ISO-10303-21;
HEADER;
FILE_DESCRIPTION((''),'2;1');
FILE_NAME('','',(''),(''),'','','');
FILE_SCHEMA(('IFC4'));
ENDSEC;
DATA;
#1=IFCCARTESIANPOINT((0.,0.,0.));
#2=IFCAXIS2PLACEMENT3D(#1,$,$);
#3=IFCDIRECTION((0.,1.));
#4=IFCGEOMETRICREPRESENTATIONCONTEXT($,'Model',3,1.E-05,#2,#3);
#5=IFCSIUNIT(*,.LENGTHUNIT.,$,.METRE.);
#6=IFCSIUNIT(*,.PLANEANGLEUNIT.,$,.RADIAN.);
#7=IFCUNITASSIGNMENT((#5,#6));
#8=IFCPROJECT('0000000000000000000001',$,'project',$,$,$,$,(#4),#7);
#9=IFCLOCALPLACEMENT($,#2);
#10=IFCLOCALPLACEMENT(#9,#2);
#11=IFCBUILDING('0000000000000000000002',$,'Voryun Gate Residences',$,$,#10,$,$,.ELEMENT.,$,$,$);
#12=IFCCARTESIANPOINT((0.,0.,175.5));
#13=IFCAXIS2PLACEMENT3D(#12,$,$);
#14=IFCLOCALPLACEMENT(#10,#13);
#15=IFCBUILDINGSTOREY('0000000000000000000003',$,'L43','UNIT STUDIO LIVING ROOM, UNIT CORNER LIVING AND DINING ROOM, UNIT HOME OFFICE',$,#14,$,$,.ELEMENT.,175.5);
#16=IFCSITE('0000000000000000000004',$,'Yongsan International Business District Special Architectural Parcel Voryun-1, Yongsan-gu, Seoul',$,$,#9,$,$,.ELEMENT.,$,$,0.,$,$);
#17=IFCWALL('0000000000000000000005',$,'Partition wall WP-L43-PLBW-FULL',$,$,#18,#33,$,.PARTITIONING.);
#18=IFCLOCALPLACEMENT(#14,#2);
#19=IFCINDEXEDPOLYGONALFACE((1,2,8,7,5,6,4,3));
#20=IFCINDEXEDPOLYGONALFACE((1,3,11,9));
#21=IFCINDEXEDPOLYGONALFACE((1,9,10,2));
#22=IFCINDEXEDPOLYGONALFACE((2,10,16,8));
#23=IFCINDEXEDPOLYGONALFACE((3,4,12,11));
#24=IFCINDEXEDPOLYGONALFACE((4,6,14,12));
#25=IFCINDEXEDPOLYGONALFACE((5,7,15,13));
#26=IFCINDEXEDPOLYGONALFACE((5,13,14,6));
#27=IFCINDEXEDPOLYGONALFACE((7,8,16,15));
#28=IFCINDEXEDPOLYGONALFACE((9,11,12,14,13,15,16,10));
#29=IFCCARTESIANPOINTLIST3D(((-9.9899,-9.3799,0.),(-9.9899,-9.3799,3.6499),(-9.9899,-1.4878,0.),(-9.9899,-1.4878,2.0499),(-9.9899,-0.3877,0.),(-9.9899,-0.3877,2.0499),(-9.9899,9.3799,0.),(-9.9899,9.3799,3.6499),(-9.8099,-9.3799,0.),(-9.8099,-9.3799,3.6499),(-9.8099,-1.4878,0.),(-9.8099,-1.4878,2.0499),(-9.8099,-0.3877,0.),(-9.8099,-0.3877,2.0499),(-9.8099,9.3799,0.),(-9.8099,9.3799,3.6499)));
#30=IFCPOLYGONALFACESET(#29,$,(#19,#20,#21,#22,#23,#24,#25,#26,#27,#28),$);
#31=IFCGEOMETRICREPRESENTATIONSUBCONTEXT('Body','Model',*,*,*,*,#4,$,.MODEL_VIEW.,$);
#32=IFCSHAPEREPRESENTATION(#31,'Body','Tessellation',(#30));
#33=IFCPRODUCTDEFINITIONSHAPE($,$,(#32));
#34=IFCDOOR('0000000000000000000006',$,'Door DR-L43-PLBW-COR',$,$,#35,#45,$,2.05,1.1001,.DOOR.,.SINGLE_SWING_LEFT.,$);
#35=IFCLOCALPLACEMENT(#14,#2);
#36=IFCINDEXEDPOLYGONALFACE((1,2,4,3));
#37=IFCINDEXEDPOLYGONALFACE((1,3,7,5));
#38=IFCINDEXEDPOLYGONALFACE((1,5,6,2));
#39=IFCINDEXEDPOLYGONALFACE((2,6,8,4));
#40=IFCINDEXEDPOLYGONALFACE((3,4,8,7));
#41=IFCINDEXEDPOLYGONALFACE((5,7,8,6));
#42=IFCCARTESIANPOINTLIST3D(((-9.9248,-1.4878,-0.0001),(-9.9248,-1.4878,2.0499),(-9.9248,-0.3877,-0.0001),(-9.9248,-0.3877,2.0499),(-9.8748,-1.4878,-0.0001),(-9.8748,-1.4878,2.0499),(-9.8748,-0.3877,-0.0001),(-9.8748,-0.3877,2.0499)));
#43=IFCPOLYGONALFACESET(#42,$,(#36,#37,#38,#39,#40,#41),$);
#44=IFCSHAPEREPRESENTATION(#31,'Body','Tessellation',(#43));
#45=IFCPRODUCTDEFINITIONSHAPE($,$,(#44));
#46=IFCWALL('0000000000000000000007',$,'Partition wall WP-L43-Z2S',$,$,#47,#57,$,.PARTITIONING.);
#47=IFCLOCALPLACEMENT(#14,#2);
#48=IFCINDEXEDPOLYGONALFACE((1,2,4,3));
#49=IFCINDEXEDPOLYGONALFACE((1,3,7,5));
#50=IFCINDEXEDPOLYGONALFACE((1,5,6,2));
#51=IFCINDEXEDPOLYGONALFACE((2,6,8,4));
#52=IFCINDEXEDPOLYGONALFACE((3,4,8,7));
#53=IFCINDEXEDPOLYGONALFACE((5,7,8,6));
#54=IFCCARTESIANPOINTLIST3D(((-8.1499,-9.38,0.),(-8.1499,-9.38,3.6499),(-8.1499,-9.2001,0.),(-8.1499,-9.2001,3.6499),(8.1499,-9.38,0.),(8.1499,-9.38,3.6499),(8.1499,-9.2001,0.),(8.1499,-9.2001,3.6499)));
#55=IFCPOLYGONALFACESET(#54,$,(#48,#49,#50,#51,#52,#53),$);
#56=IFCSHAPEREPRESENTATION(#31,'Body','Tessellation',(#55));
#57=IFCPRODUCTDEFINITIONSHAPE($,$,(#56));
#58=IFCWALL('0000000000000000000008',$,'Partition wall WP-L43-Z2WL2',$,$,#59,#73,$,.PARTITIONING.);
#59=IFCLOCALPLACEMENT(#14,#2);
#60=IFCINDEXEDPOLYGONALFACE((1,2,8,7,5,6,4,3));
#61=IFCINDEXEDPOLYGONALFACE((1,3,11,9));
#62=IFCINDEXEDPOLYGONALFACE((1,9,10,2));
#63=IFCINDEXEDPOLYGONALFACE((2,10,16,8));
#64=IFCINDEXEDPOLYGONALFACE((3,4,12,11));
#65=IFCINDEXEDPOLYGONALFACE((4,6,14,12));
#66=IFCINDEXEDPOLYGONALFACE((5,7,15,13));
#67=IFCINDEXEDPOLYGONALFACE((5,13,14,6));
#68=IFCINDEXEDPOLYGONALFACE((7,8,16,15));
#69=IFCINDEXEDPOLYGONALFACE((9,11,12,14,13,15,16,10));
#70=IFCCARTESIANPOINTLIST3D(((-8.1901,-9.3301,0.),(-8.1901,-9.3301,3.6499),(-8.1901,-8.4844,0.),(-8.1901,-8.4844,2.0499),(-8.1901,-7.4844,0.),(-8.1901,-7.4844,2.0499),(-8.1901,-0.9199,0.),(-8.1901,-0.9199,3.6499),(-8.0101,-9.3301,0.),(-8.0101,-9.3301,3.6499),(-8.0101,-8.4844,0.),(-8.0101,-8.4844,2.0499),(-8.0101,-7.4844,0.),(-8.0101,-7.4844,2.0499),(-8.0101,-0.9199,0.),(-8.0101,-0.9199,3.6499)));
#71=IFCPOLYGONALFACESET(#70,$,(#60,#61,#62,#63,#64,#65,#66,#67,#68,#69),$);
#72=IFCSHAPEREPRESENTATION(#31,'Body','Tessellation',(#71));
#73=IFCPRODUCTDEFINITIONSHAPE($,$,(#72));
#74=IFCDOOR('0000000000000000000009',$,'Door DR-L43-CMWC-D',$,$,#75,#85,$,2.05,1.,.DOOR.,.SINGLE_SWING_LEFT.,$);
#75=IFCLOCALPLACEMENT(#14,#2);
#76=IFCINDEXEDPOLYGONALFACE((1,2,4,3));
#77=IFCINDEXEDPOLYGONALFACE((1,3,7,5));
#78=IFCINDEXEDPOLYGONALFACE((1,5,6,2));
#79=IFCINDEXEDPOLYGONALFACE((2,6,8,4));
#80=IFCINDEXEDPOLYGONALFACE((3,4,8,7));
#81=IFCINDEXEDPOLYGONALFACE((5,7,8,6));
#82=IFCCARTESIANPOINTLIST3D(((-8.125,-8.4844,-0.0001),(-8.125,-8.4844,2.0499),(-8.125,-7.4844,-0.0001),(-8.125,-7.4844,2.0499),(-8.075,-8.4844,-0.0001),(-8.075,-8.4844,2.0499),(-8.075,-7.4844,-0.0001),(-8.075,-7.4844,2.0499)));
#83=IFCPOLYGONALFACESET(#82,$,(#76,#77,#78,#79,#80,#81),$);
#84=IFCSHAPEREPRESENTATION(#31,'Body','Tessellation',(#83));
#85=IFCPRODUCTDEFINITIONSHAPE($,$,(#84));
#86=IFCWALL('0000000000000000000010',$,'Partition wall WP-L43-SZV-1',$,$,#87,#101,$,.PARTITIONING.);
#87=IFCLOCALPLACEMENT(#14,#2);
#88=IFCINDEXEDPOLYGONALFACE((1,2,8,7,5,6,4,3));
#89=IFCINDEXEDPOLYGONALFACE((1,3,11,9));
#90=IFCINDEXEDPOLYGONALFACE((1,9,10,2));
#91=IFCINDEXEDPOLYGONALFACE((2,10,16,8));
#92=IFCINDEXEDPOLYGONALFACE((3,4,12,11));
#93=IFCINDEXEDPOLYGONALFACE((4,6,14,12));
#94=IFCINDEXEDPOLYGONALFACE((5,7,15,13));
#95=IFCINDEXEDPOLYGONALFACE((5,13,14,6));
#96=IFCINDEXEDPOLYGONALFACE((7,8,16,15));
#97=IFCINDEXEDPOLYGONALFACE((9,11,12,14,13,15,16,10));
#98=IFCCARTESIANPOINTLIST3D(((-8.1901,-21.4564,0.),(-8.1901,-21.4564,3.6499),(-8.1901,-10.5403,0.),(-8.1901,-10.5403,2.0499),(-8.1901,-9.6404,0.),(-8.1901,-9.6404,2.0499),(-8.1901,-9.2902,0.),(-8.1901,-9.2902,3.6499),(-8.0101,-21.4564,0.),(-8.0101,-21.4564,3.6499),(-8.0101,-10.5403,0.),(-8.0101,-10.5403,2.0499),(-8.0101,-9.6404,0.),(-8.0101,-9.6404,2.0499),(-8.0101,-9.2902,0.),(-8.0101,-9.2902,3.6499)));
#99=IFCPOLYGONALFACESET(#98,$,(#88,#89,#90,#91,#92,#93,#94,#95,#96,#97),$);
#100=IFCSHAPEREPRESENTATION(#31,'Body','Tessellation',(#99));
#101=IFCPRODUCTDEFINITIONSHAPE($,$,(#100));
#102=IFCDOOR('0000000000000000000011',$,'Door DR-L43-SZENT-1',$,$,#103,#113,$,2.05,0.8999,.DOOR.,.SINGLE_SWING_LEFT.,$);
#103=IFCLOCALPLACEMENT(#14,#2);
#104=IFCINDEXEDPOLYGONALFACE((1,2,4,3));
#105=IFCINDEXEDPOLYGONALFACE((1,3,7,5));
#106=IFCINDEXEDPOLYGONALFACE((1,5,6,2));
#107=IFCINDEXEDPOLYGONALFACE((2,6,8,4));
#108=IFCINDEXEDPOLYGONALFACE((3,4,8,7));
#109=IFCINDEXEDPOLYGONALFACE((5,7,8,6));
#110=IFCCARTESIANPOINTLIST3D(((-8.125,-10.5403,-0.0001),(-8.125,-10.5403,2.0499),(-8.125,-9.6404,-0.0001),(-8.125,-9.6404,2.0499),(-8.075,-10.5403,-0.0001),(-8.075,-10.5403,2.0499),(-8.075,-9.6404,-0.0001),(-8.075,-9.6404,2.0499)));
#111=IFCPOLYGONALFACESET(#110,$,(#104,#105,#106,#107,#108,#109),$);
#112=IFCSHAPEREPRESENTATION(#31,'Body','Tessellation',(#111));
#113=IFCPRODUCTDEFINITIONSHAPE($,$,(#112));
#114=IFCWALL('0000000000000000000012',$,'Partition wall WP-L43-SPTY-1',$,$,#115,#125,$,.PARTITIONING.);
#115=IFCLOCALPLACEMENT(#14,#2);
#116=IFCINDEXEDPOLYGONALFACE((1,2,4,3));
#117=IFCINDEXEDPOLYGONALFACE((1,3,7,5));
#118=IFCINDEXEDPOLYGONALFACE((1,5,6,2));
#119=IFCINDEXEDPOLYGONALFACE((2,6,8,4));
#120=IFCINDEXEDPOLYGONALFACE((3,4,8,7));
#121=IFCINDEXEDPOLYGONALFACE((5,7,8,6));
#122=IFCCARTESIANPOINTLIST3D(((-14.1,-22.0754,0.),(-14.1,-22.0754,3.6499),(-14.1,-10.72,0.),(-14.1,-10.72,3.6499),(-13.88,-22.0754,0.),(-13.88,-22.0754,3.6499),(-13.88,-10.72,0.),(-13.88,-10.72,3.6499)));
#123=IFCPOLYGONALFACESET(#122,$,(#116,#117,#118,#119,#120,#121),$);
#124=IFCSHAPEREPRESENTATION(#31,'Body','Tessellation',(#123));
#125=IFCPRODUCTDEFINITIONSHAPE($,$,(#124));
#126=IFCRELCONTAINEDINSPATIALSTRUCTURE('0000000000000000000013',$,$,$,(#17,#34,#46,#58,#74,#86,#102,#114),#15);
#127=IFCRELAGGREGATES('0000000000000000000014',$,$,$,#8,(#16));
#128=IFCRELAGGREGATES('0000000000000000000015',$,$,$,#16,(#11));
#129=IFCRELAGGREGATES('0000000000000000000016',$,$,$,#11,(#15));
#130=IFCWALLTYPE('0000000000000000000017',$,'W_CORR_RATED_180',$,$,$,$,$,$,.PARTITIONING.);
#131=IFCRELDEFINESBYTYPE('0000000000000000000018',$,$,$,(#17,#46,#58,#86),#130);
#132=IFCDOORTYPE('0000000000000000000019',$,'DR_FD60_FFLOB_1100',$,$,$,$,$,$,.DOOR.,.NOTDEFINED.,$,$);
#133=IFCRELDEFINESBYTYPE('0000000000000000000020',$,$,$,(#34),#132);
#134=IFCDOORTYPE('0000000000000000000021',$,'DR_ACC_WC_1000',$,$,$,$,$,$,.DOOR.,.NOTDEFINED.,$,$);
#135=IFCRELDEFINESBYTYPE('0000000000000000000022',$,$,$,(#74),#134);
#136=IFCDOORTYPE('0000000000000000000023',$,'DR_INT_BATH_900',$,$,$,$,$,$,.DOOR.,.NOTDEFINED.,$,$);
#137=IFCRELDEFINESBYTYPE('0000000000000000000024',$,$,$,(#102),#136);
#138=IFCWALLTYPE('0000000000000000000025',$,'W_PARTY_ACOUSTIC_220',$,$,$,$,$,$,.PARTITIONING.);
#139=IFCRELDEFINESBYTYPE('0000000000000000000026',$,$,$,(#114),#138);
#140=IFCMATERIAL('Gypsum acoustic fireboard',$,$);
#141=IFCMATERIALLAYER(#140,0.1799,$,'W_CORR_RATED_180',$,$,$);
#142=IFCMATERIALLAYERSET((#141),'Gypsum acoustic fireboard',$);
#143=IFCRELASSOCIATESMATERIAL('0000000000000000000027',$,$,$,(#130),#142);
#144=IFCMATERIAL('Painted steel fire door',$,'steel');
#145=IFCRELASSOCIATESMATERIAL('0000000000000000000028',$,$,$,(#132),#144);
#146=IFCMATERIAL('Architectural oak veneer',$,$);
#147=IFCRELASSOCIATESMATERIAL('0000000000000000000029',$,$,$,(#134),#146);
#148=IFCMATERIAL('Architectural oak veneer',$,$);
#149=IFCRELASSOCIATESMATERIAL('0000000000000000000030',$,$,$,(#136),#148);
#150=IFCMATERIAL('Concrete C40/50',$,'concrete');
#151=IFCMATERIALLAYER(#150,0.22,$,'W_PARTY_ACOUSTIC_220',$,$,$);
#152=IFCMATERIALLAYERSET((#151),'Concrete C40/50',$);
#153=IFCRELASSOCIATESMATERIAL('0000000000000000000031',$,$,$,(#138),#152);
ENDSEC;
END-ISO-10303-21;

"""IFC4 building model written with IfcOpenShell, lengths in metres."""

from ifc_helpers import new_model, si_unit, direction, frame, frame_2d, origin, place, context, subcontext, project, spatial, rectangle, extrude, material, layer, layer_set, type_object, element, fill, save


model = new_model("IFC4")

# Units and contexts
model_context = context("Model", 3, precision=1e-05, world=origin(), true_north=direction((0.0, 1.0)))
body_context = subcontext(model_context, "Body", "Model", "MODEL_VIEW")
ifc_project = project(units=[si_unit("LENGTHUNIT", "METRE"), si_unit("PLANEANGLEUNIT", "RADIAN")], contexts=[model_context])

# Site, building, storey
site_placement = place(None, origin())
site = spatial("IfcSite", under=ifc_project, at=site_placement, Name="Yongsan International Business District Special Architectural Parcel Voryun-1, Yongsan-gu, Seoul", CompositionType="ELEMENT", RefElevation=0.0)
building_placement = place(site_placement, origin())
building = spatial("IfcBuilding", under=site, at=building_placement, Name="Voryun Gate Residences", CompositionType="ELEMENT")
storey_placement = place(building_placement, frame((0.0, 0.0, 175.5)))
storey = spatial("IfcBuildingStorey", under=building, at=storey_placement, Name="L43", Description="UNIT STUDIO LIVING ROOM, UNIT CORNER LIVING AND DINING ROOM, UNIT HOME OFFICE", CompositionType="ELEMENT", Elevation=175.5)

# Wall, opening, door
ifc_material_1 = material(Name="Gypsum acoustic fireboard")
ifc_layer_1 = layer(ifc_material_1, 0.1799, Name="W_CORR_RATED_180")
ifc_layer_set_1 = layer_set([ifc_layer_1], Name="Gypsum acoustic fireboard")
wall_type_1 = type_object("IfcWallType", Name="W_CORR_RATED_180", PredefinedType="PARTITIONING", material=ifc_layer_set_1)
wall_1_placement = place(storey_placement, frame((-9.8999, -9.3799, 0.0), z_axis=(0.0, 0.0, 1.0), x_axis=(0.0, 1.0, 0.0)))
wall_1 = element("IfcWall", 1, at=wall_1_placement, inside=storey, type_object=wall_type_1, Name="Partition wall WP-L43-PLBW-FULL", PredefinedType="PARTITIONING", context=body_context, shape_type="SweptSolid", body=[
    extrude(rectangle(XDim=18.7598, YDim=0.1799, at=frame_2d((9.3799, 0.0))), origin(), (0.0, 0.0, 1.0), 3.6499),
])
opening_1_placement = place(wall_1_placement, frame((7.8921, 0.0, 0.0)))
opening_1 = element("IfcOpeningElement", 2, at=opening_1_placement, cuts=wall_1, PredefinedType="OPENING", context=body_context, shape_type="SweptSolid", body=[
    extrude(rectangle(XDim=1.1001, YDim=2.05, at=frame_2d((0.55, 1.0249))), frame((0.0, 0.0999, 0.0), z_axis=(0.0, -1.0, 0.0), x_axis=(1.0, 0.0, 0.0)), (0.0, 0.0, 1.0), 0.2),
])
ifc_material_2 = material(Name="Painted steel fire door", Category="steel")
door_type_1 = type_object("IfcDoorType", Name="DR_FD60_FFLOB_1100", OperationType="NOTDEFINED", PredefinedType="DOOR", material=ifc_material_2)
door_1_placement = place(opening_1_placement, origin())
door_1 = element("IfcDoor", 3, at=door_1_placement, inside=storey, type_object=door_type_1, Name="Door DR-L43-PLBW-COR", OperationType="SINGLE_SWING_LEFT", OverallHeight=2.05, OverallWidth=1.1001, PredefinedType="DOOR", context=body_context, shape_type="SweptSolid", body=[
    extrude(rectangle(XDim=1.1001, YDim=2.05, at=frame_2d((0.55, 1.0249))), frame((0.0, 0.0249, 0.0), z_axis=(0.0, -1.0, 0.0), x_axis=(1.0, 0.0, 0.0)), (0.0, 0.0, 1.0), 0.05),
])
fill(opening_1, door_1)

# Wall
wall_2_placement = place(storey_placement, frame((-8.1499, -9.29, 0.0), z_axis=(0.0, 0.0, 1.0), x_axis=(1.0, 0.0, 0.0)))
element("IfcWall", 4, at=wall_2_placement, inside=storey, type_object=wall_type_1, Name="Partition wall WP-L43-Z2S", PredefinedType="PARTITIONING", context=body_context, shape_type="SweptSolid", body=[
    extrude(rectangle(XDim=16.2998, YDim=0.1799, at=frame_2d((8.1499, 0.0))), origin(), (0.0, 0.0, 1.0), 3.6499),
])

# Walls, openings, doors
wall_3_placement = place(storey_placement, frame((-8.1001, -9.3301, 0.0), z_axis=(0.0, 0.0, 1.0), x_axis=(0.0, 1.0, 0.0)))
wall_3 = element("IfcWall", 5, at=wall_3_placement, inside=storey, type_object=wall_type_1, Name="Partition wall WP-L43-Z2WL2", PredefinedType="PARTITIONING", context=body_context, shape_type="SweptSolid", body=[
    extrude(rectangle(XDim=8.4102, YDim=0.1799, at=frame_2d((4.2051, 0.0))), origin(), (0.0, 0.0, 1.0), 3.6499),
])
opening_2_placement = place(wall_3_placement, frame((0.8457, 0.0, 0.0)))
opening_2 = element("IfcOpeningElement", 6, at=opening_2_placement, cuts=wall_3, PredefinedType="OPENING", context=body_context, shape_type="SweptSolid", body=[
    extrude(rectangle(XDim=1.0, YDim=2.05, at=frame_2d((0.5, 1.0249))), frame((0.0, 0.0999, 0.0), z_axis=(0.0, -1.0, 0.0), x_axis=(1.0, 0.0, 0.0)), (0.0, 0.0, 1.0), 0.2),
])
ifc_material_3 = material(Name="Architectural oak veneer")
door_type_2 = type_object("IfcDoorType", Name="DR_ACC_WC_1000", OperationType="NOTDEFINED", PredefinedType="DOOR", material=ifc_material_3)
door_2_placement = place(opening_2_placement, origin())
door_2 = element("IfcDoor", 7, at=door_2_placement, inside=storey, type_object=door_type_2, Name="Door DR-L43-CMWC-D", OperationType="SINGLE_SWING_LEFT", OverallHeight=2.05, OverallWidth=1.0, PredefinedType="DOOR", context=body_context, shape_type="SweptSolid", body=[
    extrude(rectangle(XDim=1.0, YDim=2.05, at=frame_2d((0.5, 1.0249))), frame((0.0, 0.0249, 0.0), z_axis=(0.0, -1.0, 0.0), x_axis=(1.0, 0.0, 0.0)), (0.0, 0.0, 1.0), 0.05),
])
fill(opening_2, door_2)
wall_4_placement = place(storey_placement, frame((-8.1001, -21.4563, 0.0), z_axis=(0.0, 0.0, 1.0), x_axis=(0.0, 1.0, 0.0)))
wall_4 = element("IfcWall", 8, at=wall_4_placement, inside=storey, type_object=wall_type_1, Name="Partition wall WP-L43-SZV-1", PredefinedType="PARTITIONING", context=body_context, shape_type="SweptSolid", body=[
    extrude(rectangle(XDim=12.1663, YDim=0.1799, at=frame_2d((6.083, 0.0))), origin(), (0.0, 0.0, 1.0), 3.6499),
])
opening_3_placement = place(wall_4_placement, frame((10.916, 0.0, 0.0)))
opening_3 = element("IfcOpeningElement", 9, at=opening_3_placement, cuts=wall_4, PredefinedType="OPENING", context=body_context, shape_type="SweptSolid", body=[
    extrude(rectangle(XDim=0.8999, YDim=2.05, at=frame_2d((0.45, 1.0249))), frame((0.0, 0.0999, 0.0), z_axis=(0.0, -1.0, 0.0), x_axis=(1.0, 0.0, 0.0)), (0.0, 0.0, 1.0), 0.2),
])
ifc_material_4 = material(Name="Architectural oak veneer")
door_type_3 = type_object("IfcDoorType", Name="DR_INT_BATH_900", OperationType="NOTDEFINED", PredefinedType="DOOR", material=ifc_material_4)
door_3_placement = place(opening_3_placement, origin())
door_3 = element("IfcDoor", 10, at=door_3_placement, inside=storey, type_object=door_type_3, Name="Door DR-L43-SZENT-1", OperationType="SINGLE_SWING_LEFT", OverallHeight=2.05, OverallWidth=0.8999, PredefinedType="DOOR", context=body_context, shape_type="SweptSolid", body=[
    extrude(rectangle(XDim=0.8999, YDim=2.05, at=frame_2d((0.45, 1.0249))), frame((0.0, 0.0249, 0.0), z_axis=(0.0, -1.0, 0.0), x_axis=(1.0, 0.0, 0.0)), (0.0, 0.0, 1.0), 0.05),
])
fill(opening_3, door_3)

# Wall
ifc_material_5 = material(Name="Concrete C40/50", Category="concrete")
ifc_layer_2 = layer(ifc_material_5, 0.22, Name="W_PARTY_ACOUSTIC_220")
ifc_layer_set_2 = layer_set([ifc_layer_2], Name="Concrete C40/50")
wall_type_2 = type_object("IfcWallType", Name="W_PARTY_ACOUSTIC_220", PredefinedType="PARTITIONING", material=ifc_layer_set_2)
wall_5_placement = place(storey_placement, frame((-13.99, -22.0754, 0.0), z_axis=(0.0, 0.0, 1.0), x_axis=(0.0, 1.0, 0.0)))
element("IfcWall", 11, at=wall_5_placement, inside=storey, type_object=wall_type_2, Name="Partition wall WP-L43-SPTY-1", PredefinedType="PARTITIONING", context=body_context, shape_type="SweptSolid", body=[
    extrude(rectangle(XDim=11.3555, YDim=0.22, at=frame_2d((5.6777, 0.0))), origin(), (0.0, 0.0, 1.0), 3.6499),
])

save(model, "model.ifc")
